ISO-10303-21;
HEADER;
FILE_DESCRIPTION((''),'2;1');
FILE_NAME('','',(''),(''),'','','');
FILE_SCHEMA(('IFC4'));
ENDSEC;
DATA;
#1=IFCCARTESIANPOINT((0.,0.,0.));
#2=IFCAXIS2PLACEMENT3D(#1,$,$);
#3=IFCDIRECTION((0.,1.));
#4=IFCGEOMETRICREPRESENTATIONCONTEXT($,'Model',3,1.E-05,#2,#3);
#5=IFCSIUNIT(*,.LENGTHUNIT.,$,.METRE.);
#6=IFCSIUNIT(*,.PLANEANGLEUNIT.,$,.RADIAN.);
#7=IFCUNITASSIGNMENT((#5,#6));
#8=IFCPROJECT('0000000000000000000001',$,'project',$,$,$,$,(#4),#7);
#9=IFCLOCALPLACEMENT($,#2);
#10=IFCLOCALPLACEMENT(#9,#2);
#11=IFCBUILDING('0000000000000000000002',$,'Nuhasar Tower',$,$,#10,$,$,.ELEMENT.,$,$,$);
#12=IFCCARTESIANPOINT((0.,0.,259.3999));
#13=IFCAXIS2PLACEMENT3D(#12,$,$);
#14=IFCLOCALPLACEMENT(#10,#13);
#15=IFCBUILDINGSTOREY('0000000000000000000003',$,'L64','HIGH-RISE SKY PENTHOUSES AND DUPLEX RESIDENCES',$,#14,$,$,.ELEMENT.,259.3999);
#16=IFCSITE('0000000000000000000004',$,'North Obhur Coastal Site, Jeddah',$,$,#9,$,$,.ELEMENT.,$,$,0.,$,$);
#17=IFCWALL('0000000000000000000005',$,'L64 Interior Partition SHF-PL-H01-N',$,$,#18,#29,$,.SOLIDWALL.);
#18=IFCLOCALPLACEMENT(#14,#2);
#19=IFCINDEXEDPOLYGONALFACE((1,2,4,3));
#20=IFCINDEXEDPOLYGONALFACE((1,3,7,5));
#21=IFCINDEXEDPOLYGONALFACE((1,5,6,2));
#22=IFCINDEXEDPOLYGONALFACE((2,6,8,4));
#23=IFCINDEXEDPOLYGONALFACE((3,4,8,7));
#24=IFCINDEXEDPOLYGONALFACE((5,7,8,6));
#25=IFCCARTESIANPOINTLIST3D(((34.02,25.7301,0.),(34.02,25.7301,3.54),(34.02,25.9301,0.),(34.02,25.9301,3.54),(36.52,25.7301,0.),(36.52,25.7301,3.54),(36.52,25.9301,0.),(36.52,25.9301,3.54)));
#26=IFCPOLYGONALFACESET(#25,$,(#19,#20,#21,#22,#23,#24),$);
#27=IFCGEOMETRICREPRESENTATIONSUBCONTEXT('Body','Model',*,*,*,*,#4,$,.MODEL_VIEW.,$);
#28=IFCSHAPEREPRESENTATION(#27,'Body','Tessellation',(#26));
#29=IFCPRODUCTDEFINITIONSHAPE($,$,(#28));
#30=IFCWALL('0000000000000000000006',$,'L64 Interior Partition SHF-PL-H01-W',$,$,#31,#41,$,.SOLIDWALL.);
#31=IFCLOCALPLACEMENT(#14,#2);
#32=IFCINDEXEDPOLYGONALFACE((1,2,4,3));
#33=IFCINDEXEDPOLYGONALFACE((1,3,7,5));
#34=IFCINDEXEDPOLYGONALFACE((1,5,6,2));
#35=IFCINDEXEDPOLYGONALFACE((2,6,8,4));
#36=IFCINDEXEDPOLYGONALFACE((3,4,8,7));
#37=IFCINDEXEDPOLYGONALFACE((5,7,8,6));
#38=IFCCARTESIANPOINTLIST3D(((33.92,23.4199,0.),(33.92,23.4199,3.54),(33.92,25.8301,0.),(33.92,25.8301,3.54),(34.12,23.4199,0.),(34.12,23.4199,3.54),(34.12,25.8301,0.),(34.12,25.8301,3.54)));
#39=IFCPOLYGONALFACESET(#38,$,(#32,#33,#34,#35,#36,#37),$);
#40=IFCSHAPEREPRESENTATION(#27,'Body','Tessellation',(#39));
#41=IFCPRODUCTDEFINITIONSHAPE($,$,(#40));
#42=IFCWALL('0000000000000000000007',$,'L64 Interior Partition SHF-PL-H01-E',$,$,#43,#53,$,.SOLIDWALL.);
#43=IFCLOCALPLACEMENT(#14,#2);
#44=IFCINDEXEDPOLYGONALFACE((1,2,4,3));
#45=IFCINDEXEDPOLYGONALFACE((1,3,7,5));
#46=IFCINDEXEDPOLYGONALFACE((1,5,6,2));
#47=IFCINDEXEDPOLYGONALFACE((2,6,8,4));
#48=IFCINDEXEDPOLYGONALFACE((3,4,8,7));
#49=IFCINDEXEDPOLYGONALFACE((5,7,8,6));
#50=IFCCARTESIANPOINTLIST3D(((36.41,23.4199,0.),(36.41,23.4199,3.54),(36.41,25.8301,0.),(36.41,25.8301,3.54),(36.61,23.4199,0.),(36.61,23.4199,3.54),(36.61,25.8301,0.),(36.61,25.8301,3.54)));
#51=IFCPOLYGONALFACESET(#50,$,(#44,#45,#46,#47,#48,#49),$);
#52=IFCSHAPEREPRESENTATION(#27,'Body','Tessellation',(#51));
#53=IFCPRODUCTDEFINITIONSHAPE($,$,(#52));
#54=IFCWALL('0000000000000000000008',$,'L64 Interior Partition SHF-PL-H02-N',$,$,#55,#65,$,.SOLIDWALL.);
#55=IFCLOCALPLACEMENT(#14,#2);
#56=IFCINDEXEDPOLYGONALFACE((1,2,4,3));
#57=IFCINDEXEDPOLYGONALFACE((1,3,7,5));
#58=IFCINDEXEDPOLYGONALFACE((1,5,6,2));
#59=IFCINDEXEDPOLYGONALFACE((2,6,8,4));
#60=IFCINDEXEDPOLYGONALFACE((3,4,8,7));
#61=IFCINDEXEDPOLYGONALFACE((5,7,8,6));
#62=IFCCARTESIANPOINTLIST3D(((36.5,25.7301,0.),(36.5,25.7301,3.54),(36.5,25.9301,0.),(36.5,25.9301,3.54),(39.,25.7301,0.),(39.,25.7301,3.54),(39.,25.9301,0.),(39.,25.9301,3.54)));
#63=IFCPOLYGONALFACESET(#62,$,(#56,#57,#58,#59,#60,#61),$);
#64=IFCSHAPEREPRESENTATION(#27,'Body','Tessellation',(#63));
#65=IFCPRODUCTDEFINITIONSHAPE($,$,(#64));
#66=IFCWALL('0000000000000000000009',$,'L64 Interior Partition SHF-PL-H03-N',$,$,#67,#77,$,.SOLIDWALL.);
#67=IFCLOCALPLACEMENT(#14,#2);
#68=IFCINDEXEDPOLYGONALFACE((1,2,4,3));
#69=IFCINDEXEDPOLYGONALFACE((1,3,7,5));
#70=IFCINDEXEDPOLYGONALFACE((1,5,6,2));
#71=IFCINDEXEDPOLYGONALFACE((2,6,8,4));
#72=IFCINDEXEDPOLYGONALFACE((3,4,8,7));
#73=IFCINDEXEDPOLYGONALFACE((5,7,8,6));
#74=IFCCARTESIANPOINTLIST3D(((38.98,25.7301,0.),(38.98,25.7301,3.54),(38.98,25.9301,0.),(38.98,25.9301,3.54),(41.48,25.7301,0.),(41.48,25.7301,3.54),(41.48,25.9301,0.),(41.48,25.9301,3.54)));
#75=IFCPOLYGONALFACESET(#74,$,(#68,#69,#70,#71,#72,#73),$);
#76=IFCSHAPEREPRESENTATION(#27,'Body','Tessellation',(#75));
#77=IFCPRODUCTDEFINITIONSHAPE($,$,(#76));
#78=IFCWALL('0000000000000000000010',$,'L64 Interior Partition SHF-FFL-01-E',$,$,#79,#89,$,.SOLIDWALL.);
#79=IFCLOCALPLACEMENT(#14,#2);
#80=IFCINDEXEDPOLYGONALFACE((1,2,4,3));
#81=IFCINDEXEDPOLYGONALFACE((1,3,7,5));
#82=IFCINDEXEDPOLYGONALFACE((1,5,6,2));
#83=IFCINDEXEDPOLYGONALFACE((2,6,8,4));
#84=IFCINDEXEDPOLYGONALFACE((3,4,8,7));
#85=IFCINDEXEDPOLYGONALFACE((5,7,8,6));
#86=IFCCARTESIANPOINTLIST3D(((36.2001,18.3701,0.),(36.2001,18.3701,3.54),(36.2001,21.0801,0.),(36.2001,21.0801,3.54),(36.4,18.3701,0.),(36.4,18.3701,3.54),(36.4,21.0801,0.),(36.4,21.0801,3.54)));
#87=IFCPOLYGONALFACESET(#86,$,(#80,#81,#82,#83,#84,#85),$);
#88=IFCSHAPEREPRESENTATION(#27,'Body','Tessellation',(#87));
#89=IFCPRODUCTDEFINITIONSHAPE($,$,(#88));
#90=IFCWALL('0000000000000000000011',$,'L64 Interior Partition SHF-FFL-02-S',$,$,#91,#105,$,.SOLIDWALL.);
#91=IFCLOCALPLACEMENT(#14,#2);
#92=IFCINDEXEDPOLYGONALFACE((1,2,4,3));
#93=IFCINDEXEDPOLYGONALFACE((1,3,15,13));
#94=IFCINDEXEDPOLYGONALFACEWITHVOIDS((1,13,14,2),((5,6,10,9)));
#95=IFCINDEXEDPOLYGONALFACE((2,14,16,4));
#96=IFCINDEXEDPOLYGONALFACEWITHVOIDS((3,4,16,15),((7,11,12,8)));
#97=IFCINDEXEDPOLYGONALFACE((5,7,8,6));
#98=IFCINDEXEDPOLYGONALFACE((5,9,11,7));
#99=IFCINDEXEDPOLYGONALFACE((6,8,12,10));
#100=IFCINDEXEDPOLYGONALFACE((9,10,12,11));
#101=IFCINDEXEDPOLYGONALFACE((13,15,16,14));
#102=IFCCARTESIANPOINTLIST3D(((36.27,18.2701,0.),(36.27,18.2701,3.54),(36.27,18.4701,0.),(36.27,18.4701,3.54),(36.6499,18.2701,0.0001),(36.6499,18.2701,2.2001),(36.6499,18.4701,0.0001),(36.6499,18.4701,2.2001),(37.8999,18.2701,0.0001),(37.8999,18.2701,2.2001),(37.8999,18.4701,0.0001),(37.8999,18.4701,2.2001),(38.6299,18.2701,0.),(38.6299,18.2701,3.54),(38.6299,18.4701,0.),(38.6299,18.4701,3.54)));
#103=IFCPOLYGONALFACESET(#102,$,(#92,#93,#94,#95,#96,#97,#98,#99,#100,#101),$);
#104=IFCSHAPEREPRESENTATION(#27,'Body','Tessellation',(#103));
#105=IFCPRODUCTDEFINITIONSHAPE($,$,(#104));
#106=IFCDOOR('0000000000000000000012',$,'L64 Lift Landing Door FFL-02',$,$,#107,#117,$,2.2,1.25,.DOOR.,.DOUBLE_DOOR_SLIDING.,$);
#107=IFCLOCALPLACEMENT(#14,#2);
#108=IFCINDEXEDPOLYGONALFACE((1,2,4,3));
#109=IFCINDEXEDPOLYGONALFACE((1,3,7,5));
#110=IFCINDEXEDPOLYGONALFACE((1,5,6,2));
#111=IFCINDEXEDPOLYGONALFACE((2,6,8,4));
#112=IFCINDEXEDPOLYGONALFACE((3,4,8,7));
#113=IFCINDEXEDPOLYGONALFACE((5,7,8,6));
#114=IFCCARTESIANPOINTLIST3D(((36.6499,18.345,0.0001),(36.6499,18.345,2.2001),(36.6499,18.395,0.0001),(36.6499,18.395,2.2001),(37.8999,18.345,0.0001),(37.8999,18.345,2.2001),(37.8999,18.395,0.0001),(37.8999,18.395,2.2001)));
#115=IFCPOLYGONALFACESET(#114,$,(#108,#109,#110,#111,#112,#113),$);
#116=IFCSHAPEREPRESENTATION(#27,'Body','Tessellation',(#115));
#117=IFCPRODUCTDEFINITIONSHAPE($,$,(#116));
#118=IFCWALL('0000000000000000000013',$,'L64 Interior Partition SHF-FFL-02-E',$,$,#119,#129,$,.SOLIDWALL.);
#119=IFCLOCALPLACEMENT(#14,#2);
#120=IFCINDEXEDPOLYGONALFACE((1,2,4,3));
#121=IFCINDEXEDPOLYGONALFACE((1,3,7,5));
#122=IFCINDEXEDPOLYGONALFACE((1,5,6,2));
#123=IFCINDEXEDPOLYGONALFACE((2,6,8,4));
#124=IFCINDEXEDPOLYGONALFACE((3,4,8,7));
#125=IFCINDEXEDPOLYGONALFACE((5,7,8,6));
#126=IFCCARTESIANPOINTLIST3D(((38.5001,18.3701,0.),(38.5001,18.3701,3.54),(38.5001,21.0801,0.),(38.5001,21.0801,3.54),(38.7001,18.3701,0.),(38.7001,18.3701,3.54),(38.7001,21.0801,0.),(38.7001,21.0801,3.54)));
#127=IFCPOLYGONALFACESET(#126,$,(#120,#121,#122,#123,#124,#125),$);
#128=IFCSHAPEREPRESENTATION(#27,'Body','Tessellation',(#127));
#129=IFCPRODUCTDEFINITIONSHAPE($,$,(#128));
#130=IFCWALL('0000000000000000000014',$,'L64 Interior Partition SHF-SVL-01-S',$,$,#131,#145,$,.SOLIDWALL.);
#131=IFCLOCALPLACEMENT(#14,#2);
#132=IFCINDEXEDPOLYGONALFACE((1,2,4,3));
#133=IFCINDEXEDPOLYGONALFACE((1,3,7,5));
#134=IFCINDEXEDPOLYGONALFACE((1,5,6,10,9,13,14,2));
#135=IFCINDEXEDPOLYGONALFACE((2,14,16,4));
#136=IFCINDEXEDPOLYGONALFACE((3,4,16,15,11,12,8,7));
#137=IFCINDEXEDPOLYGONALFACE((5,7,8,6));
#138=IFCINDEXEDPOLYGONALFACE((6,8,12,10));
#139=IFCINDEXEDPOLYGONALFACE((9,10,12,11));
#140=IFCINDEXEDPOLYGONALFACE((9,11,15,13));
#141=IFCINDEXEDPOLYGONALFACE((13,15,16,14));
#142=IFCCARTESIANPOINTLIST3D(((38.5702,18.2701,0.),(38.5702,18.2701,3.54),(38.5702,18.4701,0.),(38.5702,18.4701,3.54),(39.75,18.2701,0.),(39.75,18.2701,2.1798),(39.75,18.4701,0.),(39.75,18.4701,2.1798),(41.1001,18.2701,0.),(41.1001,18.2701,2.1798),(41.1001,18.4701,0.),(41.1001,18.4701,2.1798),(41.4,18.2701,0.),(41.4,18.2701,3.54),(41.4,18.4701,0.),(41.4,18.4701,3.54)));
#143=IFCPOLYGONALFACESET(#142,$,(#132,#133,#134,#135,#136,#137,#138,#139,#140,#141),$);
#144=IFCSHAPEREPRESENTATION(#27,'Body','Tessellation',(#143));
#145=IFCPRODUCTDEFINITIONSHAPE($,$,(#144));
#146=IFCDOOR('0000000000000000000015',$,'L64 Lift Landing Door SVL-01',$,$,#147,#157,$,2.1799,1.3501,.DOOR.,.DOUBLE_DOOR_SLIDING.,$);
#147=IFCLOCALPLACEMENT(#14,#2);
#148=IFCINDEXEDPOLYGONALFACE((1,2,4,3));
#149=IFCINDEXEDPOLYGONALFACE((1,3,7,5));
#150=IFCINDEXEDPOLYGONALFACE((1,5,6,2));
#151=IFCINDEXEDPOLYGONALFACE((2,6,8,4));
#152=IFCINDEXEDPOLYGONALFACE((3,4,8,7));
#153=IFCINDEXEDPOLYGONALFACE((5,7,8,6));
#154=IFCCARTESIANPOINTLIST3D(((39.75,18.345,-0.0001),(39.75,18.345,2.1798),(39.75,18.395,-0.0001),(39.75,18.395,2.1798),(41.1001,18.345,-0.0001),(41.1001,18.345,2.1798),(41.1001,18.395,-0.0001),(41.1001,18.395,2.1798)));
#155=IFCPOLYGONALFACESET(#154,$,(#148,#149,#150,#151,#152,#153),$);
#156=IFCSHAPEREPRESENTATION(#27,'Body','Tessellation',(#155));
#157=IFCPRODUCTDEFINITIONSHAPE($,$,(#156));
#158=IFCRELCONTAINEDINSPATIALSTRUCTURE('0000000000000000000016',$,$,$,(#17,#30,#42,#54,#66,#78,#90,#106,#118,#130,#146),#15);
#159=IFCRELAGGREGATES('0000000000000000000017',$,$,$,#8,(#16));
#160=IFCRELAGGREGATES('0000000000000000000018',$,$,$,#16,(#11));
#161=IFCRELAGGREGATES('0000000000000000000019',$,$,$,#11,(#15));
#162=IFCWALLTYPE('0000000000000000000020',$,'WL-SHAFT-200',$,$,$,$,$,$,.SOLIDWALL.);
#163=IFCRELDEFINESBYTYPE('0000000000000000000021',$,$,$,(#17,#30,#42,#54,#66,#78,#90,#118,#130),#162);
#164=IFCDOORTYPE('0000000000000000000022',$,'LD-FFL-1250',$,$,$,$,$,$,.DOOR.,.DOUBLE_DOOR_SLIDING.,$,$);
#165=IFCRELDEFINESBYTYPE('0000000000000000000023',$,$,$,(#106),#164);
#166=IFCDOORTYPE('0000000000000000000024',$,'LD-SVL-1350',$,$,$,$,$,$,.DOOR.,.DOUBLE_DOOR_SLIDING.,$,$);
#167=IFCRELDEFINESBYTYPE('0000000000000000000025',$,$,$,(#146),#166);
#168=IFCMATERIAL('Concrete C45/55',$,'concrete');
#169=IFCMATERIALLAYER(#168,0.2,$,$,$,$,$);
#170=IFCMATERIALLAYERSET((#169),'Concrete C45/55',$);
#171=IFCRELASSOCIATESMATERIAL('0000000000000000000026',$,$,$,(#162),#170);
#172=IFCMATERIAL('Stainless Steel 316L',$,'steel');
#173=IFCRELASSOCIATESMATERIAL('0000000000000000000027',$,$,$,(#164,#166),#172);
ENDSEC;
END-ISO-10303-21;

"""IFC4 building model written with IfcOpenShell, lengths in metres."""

from ifc_helpers import new_model, si_unit, direction, frame, frame_2d, origin, place, context, subcontext, project, spatial, rectangle, extrude, material, layer, layer_set, type_object, element, fill, save


model = new_model("IFC4")

# Units and contexts
model_context = context("Model", 3, precision=1e-05, world=origin(), true_north=direction((0.0, 1.0)))
body_context = subcontext(model_context, "Body", "Model", "MODEL_VIEW")
ifc_project = project(units=[si_unit("LENGTHUNIT", "METRE"), si_unit("PLANEANGLEUNIT", "RADIAN")], contexts=[model_context])

# Site, building, storey
site_placement = place(None, origin())
site = spatial("IfcSite", under=ifc_project, at=site_placement, Name="North Obhur Coastal Site, Jeddah", CompositionType="ELEMENT", RefElevation=0.0)
building_placement = place(site_placement, origin())
building = spatial("IfcBuilding", under=site, at=building_placement, Name="Nuhasar Tower", CompositionType="ELEMENT")
storey_placement = place(building_placement, frame((0.0, 0.0, 259.3999)))
storey = spatial("IfcBuildingStorey", under=building, at=storey_placement, Name="L64", Description="HIGH-RISE SKY PENTHOUSES AND DUPLEX RESIDENCES", CompositionType="ELEMENT", Elevation=259.3999)

# Shared definitions
ifc_material_1 = material(Name="Concrete C45/55", Category="concrete")
ifc_layer = layer(ifc_material_1, 0.2)
ifc_layer_set = layer_set([ifc_layer], Name="Concrete C45/55")
wall_type = type_object("IfcWallType", Name="WL-SHAFT-200", PredefinedType="SOLIDWALL", material=ifc_layer_set)
ifc_material_2 = material(Name="Stainless Steel 316L", Category="steel")

# Walls
wall_1_placement = place(storey_placement, frame((34.02, 25.8301, 0.0), z_axis=(0.0, 0.0, 1.0), x_axis=(1.0, 0.0, 0.0)))
element("IfcWall", 1, at=wall_1_placement, inside=storey, type_object=wall_type, Name="L64 Interior Partition SHF-PL-H01-N", PredefinedType="SOLIDWALL", context=body_context, shape_type="SweptSolid", body=[
    extrude(rectangle(XDim=2.5, YDim=0.2, at=frame_2d((1.25, 0.0))), origin(), (0.0, 0.0, 1.0), 3.54),
])
for number, where, z_axis, x_axis, name in (
    (2, (34.02, 23.4199, 0.0), (0.0, 0.0, 1.0), (0.0, 1.0, 0.0), "L64 Interior Partition SHF-PL-H01-W"),
    (3, (36.51, 23.4199, 0.0), (0.0, 0.0, 1.0), (0.0, 1.0, 0.0), "L64 Interior Partition SHF-PL-H01-E"),
):
    element("IfcWall", number, at=place(storey_placement, frame(where, z_axis=z_axis, x_axis=x_axis)), inside=storey, type_object=wall_type, Name=name, PredefinedType="SOLIDWALL", context=body_context, shape_type="SweptSolid", body=[
        extrude(rectangle(XDim=2.4102, YDim=0.2, at=frame_2d((1.2051, 0.0))), origin(), (0.0, 0.0, 1.0), 3.54),
    ])

# Wall
wall_2_placement = place(storey_placement, frame((36.5, 25.8301, 0.0), z_axis=(0.0, 0.0, 1.0), x_axis=(1.0, 0.0, 0.0)))
element("IfcWall", 4, at=wall_2_placement, inside=storey, type_object=wall_type, Name="L64 Interior Partition SHF-PL-H02-N", PredefinedType="SOLIDWALL", context=body_context, shape_type="SweptSolid", body=[
    extrude(rectangle(XDim=2.5, YDim=0.2, at=frame_2d((1.25, 0.0))), origin(), (0.0, 0.0, 1.0), 3.54),
])

# Walls
wall_3_placement = place(storey_placement, frame((38.98, 25.8301, 0.0), z_axis=(0.0, 0.0, 1.0), x_axis=(1.0, 0.0, 0.0)))
element("IfcWall", 5, at=wall_3_placement, inside=storey, type_object=wall_type, Name="L64 Interior Partition SHF-PL-H03-N", PredefinedType="SOLIDWALL", context=body_context, shape_type="SweptSolid", body=[
    extrude(rectangle(XDim=2.5, YDim=0.2, at=frame_2d((1.25, 0.0))), origin(), (0.0, 0.0, 1.0), 3.54),
])
wall_4_placement = place(storey_placement, frame((36.3, 18.3701, 0.0), z_axis=(0.0, 0.0, 1.0), x_axis=(0.0, 1.0, 0.0)))
element("IfcWall", 6, at=wall_4_placement, inside=storey, type_object=wall_type, Name="L64 Interior Partition SHF-FFL-01-E", PredefinedType="SOLIDWALL", context=body_context, shape_type="SweptSolid", body=[
    extrude(rectangle(XDim=2.71, YDim=0.2, at=frame_2d((1.355, 0.0))), origin(), (0.0, 0.0, 1.0), 3.54),
])

# Wall, opening, door
wall_5_placement = place(storey_placement, frame((36.27, 18.3701, 0.0), z_axis=(0.0, 0.0, 1.0), x_axis=(1.0, 0.0, 0.0)))
wall_5 = element("IfcWall", 7, at=wall_5_placement, inside=storey, type_object=wall_type, Name="L64 Interior Partition SHF-FFL-02-S", PredefinedType="SOLIDWALL", context=body_context, shape_type="SweptSolid", body=[
    extrude(rectangle(XDim=2.3599, YDim=0.2, at=frame_2d((1.1799, 0.0))), origin(), (0.0, 0.0, 1.0), 3.54),
])
opening_1_placement = place(wall_5_placement, frame((0.3799, 0.0, 0.0)))
opening_1 = element("IfcOpeningElement", 8, at=opening_1_placement, cuts=wall_5, PredefinedType="OPENING", context=body_context, shape_type="SweptSolid", body=[
    extrude(rectangle(XDim=1.25, YDim=2.2, at=frame_2d((0.625, 1.1001))), frame((0.0, 0.1099, 0.0), z_axis=(0.0, -1.0, 0.0), x_axis=(1.0, 0.0, 0.0)), (0.0, 0.0, 1.0), 0.22),
])
door_type_1 = type_object("IfcDoorType", Name="LD-FFL-1250", OperationType="DOUBLE_DOOR_SLIDING", PredefinedType="DOOR", material=ifc_material_2)
door_1_placement = place(opening_1_placement, origin())
door_1 = element("IfcDoor", 9, at=door_1_placement, inside=storey, type_object=door_type_1, Name="L64 Lift Landing Door FFL-02", OperationType="DOUBLE_DOOR_SLIDING", OverallHeight=2.2, OverallWidth=1.25, PredefinedType="DOOR", context=body_context, shape_type="SweptSolid", body=[
    extrude(rectangle(XDim=1.25, YDim=2.2, at=frame_2d((0.625, 1.1001))), frame((0.0, 0.0249, 0.0), z_axis=(0.0, -1.0, 0.0), x_axis=(1.0, 0.0, 0.0)), (0.0, 0.0, 1.0), 0.05),
])
fill(opening_1, door_1)

# Wall
wall_6_placement = place(storey_placement, frame((38.6001, 18.3701, 0.0), z_axis=(0.0, 0.0, 1.0), x_axis=(0.0, 1.0, 0.0)))
element("IfcWall", 10, at=wall_6_placement, inside=storey, type_object=wall_type, Name="L64 Interior Partition SHF-FFL-02-E", PredefinedType="SOLIDWALL", context=body_context, shape_type="SweptSolid", body=[
    extrude(rectangle(XDim=2.71, YDim=0.2, at=frame_2d((1.355, 0.0))), origin(), (0.0, 0.0, 1.0), 3.54),
])

# Wall, opening, door
wall_7_placement = place(storey_placement, frame((38.5701, 18.3701, 0.0), z_axis=(0.0, 0.0, 1.0), x_axis=(1.0, 0.0, 0.0)))
wall_7 = element("IfcWall", 11, at=wall_7_placement, inside=storey, type_object=wall_type, Name="L64 Interior Partition SHF-SVL-01-S", PredefinedType="SOLIDWALL", context=body_context, shape_type="SweptSolid", body=[
    extrude(rectangle(XDim=2.8298, YDim=0.2, at=frame_2d((1.415, 0.0))), origin(), (0.0, 0.0, 1.0), 3.54),
])
opening_2_placement = place(wall_7_placement, frame((1.1799, 0.0, 0.0)))
opening_2 = element("IfcOpeningElement", 12, at=opening_2_placement, cuts=wall_7, PredefinedType="OPENING", context=body_context, shape_type="SweptSolid", body=[
    extrude(rectangle(XDim=1.3501, YDim=2.1799, at=frame_2d((0.675, 1.0898))), frame((0.0, 0.1099, 0.0), z_axis=(0.0, -1.0, 0.0), x_axis=(1.0, 0.0, 0.0)), (0.0, 0.0, 1.0), 0.22),
])
door_type_2 = type_object("IfcDoorType", Name="LD-SVL-1350", OperationType="DOUBLE_DOOR_SLIDING", PredefinedType="DOOR", material=ifc_material_2)
door_2_placement = place(opening_2_placement, origin())
door_2 = element("IfcDoor", 13, at=door_2_placement, inside=storey, type_object=door_type_2, Name="L64 Lift Landing Door SVL-01", OperationType="DOUBLE_DOOR_SLIDING", OverallHeight=2.1799, OverallWidth=1.3501, PredefinedType="DOOR", context=body_context, shape_type="SweptSolid", body=[
    extrude(rectangle(XDim=1.3501, YDim=2.1799, at=frame_2d((0.675, 1.0898))), frame((0.0, 0.0249, 0.0), z_axis=(0.0, -1.0, 0.0), x_axis=(1.0, 0.0, 0.0)), (0.0, 0.0, 1.0), 0.05),
])
fill(opening_2, door_2)

save(model, "model.ifc")
